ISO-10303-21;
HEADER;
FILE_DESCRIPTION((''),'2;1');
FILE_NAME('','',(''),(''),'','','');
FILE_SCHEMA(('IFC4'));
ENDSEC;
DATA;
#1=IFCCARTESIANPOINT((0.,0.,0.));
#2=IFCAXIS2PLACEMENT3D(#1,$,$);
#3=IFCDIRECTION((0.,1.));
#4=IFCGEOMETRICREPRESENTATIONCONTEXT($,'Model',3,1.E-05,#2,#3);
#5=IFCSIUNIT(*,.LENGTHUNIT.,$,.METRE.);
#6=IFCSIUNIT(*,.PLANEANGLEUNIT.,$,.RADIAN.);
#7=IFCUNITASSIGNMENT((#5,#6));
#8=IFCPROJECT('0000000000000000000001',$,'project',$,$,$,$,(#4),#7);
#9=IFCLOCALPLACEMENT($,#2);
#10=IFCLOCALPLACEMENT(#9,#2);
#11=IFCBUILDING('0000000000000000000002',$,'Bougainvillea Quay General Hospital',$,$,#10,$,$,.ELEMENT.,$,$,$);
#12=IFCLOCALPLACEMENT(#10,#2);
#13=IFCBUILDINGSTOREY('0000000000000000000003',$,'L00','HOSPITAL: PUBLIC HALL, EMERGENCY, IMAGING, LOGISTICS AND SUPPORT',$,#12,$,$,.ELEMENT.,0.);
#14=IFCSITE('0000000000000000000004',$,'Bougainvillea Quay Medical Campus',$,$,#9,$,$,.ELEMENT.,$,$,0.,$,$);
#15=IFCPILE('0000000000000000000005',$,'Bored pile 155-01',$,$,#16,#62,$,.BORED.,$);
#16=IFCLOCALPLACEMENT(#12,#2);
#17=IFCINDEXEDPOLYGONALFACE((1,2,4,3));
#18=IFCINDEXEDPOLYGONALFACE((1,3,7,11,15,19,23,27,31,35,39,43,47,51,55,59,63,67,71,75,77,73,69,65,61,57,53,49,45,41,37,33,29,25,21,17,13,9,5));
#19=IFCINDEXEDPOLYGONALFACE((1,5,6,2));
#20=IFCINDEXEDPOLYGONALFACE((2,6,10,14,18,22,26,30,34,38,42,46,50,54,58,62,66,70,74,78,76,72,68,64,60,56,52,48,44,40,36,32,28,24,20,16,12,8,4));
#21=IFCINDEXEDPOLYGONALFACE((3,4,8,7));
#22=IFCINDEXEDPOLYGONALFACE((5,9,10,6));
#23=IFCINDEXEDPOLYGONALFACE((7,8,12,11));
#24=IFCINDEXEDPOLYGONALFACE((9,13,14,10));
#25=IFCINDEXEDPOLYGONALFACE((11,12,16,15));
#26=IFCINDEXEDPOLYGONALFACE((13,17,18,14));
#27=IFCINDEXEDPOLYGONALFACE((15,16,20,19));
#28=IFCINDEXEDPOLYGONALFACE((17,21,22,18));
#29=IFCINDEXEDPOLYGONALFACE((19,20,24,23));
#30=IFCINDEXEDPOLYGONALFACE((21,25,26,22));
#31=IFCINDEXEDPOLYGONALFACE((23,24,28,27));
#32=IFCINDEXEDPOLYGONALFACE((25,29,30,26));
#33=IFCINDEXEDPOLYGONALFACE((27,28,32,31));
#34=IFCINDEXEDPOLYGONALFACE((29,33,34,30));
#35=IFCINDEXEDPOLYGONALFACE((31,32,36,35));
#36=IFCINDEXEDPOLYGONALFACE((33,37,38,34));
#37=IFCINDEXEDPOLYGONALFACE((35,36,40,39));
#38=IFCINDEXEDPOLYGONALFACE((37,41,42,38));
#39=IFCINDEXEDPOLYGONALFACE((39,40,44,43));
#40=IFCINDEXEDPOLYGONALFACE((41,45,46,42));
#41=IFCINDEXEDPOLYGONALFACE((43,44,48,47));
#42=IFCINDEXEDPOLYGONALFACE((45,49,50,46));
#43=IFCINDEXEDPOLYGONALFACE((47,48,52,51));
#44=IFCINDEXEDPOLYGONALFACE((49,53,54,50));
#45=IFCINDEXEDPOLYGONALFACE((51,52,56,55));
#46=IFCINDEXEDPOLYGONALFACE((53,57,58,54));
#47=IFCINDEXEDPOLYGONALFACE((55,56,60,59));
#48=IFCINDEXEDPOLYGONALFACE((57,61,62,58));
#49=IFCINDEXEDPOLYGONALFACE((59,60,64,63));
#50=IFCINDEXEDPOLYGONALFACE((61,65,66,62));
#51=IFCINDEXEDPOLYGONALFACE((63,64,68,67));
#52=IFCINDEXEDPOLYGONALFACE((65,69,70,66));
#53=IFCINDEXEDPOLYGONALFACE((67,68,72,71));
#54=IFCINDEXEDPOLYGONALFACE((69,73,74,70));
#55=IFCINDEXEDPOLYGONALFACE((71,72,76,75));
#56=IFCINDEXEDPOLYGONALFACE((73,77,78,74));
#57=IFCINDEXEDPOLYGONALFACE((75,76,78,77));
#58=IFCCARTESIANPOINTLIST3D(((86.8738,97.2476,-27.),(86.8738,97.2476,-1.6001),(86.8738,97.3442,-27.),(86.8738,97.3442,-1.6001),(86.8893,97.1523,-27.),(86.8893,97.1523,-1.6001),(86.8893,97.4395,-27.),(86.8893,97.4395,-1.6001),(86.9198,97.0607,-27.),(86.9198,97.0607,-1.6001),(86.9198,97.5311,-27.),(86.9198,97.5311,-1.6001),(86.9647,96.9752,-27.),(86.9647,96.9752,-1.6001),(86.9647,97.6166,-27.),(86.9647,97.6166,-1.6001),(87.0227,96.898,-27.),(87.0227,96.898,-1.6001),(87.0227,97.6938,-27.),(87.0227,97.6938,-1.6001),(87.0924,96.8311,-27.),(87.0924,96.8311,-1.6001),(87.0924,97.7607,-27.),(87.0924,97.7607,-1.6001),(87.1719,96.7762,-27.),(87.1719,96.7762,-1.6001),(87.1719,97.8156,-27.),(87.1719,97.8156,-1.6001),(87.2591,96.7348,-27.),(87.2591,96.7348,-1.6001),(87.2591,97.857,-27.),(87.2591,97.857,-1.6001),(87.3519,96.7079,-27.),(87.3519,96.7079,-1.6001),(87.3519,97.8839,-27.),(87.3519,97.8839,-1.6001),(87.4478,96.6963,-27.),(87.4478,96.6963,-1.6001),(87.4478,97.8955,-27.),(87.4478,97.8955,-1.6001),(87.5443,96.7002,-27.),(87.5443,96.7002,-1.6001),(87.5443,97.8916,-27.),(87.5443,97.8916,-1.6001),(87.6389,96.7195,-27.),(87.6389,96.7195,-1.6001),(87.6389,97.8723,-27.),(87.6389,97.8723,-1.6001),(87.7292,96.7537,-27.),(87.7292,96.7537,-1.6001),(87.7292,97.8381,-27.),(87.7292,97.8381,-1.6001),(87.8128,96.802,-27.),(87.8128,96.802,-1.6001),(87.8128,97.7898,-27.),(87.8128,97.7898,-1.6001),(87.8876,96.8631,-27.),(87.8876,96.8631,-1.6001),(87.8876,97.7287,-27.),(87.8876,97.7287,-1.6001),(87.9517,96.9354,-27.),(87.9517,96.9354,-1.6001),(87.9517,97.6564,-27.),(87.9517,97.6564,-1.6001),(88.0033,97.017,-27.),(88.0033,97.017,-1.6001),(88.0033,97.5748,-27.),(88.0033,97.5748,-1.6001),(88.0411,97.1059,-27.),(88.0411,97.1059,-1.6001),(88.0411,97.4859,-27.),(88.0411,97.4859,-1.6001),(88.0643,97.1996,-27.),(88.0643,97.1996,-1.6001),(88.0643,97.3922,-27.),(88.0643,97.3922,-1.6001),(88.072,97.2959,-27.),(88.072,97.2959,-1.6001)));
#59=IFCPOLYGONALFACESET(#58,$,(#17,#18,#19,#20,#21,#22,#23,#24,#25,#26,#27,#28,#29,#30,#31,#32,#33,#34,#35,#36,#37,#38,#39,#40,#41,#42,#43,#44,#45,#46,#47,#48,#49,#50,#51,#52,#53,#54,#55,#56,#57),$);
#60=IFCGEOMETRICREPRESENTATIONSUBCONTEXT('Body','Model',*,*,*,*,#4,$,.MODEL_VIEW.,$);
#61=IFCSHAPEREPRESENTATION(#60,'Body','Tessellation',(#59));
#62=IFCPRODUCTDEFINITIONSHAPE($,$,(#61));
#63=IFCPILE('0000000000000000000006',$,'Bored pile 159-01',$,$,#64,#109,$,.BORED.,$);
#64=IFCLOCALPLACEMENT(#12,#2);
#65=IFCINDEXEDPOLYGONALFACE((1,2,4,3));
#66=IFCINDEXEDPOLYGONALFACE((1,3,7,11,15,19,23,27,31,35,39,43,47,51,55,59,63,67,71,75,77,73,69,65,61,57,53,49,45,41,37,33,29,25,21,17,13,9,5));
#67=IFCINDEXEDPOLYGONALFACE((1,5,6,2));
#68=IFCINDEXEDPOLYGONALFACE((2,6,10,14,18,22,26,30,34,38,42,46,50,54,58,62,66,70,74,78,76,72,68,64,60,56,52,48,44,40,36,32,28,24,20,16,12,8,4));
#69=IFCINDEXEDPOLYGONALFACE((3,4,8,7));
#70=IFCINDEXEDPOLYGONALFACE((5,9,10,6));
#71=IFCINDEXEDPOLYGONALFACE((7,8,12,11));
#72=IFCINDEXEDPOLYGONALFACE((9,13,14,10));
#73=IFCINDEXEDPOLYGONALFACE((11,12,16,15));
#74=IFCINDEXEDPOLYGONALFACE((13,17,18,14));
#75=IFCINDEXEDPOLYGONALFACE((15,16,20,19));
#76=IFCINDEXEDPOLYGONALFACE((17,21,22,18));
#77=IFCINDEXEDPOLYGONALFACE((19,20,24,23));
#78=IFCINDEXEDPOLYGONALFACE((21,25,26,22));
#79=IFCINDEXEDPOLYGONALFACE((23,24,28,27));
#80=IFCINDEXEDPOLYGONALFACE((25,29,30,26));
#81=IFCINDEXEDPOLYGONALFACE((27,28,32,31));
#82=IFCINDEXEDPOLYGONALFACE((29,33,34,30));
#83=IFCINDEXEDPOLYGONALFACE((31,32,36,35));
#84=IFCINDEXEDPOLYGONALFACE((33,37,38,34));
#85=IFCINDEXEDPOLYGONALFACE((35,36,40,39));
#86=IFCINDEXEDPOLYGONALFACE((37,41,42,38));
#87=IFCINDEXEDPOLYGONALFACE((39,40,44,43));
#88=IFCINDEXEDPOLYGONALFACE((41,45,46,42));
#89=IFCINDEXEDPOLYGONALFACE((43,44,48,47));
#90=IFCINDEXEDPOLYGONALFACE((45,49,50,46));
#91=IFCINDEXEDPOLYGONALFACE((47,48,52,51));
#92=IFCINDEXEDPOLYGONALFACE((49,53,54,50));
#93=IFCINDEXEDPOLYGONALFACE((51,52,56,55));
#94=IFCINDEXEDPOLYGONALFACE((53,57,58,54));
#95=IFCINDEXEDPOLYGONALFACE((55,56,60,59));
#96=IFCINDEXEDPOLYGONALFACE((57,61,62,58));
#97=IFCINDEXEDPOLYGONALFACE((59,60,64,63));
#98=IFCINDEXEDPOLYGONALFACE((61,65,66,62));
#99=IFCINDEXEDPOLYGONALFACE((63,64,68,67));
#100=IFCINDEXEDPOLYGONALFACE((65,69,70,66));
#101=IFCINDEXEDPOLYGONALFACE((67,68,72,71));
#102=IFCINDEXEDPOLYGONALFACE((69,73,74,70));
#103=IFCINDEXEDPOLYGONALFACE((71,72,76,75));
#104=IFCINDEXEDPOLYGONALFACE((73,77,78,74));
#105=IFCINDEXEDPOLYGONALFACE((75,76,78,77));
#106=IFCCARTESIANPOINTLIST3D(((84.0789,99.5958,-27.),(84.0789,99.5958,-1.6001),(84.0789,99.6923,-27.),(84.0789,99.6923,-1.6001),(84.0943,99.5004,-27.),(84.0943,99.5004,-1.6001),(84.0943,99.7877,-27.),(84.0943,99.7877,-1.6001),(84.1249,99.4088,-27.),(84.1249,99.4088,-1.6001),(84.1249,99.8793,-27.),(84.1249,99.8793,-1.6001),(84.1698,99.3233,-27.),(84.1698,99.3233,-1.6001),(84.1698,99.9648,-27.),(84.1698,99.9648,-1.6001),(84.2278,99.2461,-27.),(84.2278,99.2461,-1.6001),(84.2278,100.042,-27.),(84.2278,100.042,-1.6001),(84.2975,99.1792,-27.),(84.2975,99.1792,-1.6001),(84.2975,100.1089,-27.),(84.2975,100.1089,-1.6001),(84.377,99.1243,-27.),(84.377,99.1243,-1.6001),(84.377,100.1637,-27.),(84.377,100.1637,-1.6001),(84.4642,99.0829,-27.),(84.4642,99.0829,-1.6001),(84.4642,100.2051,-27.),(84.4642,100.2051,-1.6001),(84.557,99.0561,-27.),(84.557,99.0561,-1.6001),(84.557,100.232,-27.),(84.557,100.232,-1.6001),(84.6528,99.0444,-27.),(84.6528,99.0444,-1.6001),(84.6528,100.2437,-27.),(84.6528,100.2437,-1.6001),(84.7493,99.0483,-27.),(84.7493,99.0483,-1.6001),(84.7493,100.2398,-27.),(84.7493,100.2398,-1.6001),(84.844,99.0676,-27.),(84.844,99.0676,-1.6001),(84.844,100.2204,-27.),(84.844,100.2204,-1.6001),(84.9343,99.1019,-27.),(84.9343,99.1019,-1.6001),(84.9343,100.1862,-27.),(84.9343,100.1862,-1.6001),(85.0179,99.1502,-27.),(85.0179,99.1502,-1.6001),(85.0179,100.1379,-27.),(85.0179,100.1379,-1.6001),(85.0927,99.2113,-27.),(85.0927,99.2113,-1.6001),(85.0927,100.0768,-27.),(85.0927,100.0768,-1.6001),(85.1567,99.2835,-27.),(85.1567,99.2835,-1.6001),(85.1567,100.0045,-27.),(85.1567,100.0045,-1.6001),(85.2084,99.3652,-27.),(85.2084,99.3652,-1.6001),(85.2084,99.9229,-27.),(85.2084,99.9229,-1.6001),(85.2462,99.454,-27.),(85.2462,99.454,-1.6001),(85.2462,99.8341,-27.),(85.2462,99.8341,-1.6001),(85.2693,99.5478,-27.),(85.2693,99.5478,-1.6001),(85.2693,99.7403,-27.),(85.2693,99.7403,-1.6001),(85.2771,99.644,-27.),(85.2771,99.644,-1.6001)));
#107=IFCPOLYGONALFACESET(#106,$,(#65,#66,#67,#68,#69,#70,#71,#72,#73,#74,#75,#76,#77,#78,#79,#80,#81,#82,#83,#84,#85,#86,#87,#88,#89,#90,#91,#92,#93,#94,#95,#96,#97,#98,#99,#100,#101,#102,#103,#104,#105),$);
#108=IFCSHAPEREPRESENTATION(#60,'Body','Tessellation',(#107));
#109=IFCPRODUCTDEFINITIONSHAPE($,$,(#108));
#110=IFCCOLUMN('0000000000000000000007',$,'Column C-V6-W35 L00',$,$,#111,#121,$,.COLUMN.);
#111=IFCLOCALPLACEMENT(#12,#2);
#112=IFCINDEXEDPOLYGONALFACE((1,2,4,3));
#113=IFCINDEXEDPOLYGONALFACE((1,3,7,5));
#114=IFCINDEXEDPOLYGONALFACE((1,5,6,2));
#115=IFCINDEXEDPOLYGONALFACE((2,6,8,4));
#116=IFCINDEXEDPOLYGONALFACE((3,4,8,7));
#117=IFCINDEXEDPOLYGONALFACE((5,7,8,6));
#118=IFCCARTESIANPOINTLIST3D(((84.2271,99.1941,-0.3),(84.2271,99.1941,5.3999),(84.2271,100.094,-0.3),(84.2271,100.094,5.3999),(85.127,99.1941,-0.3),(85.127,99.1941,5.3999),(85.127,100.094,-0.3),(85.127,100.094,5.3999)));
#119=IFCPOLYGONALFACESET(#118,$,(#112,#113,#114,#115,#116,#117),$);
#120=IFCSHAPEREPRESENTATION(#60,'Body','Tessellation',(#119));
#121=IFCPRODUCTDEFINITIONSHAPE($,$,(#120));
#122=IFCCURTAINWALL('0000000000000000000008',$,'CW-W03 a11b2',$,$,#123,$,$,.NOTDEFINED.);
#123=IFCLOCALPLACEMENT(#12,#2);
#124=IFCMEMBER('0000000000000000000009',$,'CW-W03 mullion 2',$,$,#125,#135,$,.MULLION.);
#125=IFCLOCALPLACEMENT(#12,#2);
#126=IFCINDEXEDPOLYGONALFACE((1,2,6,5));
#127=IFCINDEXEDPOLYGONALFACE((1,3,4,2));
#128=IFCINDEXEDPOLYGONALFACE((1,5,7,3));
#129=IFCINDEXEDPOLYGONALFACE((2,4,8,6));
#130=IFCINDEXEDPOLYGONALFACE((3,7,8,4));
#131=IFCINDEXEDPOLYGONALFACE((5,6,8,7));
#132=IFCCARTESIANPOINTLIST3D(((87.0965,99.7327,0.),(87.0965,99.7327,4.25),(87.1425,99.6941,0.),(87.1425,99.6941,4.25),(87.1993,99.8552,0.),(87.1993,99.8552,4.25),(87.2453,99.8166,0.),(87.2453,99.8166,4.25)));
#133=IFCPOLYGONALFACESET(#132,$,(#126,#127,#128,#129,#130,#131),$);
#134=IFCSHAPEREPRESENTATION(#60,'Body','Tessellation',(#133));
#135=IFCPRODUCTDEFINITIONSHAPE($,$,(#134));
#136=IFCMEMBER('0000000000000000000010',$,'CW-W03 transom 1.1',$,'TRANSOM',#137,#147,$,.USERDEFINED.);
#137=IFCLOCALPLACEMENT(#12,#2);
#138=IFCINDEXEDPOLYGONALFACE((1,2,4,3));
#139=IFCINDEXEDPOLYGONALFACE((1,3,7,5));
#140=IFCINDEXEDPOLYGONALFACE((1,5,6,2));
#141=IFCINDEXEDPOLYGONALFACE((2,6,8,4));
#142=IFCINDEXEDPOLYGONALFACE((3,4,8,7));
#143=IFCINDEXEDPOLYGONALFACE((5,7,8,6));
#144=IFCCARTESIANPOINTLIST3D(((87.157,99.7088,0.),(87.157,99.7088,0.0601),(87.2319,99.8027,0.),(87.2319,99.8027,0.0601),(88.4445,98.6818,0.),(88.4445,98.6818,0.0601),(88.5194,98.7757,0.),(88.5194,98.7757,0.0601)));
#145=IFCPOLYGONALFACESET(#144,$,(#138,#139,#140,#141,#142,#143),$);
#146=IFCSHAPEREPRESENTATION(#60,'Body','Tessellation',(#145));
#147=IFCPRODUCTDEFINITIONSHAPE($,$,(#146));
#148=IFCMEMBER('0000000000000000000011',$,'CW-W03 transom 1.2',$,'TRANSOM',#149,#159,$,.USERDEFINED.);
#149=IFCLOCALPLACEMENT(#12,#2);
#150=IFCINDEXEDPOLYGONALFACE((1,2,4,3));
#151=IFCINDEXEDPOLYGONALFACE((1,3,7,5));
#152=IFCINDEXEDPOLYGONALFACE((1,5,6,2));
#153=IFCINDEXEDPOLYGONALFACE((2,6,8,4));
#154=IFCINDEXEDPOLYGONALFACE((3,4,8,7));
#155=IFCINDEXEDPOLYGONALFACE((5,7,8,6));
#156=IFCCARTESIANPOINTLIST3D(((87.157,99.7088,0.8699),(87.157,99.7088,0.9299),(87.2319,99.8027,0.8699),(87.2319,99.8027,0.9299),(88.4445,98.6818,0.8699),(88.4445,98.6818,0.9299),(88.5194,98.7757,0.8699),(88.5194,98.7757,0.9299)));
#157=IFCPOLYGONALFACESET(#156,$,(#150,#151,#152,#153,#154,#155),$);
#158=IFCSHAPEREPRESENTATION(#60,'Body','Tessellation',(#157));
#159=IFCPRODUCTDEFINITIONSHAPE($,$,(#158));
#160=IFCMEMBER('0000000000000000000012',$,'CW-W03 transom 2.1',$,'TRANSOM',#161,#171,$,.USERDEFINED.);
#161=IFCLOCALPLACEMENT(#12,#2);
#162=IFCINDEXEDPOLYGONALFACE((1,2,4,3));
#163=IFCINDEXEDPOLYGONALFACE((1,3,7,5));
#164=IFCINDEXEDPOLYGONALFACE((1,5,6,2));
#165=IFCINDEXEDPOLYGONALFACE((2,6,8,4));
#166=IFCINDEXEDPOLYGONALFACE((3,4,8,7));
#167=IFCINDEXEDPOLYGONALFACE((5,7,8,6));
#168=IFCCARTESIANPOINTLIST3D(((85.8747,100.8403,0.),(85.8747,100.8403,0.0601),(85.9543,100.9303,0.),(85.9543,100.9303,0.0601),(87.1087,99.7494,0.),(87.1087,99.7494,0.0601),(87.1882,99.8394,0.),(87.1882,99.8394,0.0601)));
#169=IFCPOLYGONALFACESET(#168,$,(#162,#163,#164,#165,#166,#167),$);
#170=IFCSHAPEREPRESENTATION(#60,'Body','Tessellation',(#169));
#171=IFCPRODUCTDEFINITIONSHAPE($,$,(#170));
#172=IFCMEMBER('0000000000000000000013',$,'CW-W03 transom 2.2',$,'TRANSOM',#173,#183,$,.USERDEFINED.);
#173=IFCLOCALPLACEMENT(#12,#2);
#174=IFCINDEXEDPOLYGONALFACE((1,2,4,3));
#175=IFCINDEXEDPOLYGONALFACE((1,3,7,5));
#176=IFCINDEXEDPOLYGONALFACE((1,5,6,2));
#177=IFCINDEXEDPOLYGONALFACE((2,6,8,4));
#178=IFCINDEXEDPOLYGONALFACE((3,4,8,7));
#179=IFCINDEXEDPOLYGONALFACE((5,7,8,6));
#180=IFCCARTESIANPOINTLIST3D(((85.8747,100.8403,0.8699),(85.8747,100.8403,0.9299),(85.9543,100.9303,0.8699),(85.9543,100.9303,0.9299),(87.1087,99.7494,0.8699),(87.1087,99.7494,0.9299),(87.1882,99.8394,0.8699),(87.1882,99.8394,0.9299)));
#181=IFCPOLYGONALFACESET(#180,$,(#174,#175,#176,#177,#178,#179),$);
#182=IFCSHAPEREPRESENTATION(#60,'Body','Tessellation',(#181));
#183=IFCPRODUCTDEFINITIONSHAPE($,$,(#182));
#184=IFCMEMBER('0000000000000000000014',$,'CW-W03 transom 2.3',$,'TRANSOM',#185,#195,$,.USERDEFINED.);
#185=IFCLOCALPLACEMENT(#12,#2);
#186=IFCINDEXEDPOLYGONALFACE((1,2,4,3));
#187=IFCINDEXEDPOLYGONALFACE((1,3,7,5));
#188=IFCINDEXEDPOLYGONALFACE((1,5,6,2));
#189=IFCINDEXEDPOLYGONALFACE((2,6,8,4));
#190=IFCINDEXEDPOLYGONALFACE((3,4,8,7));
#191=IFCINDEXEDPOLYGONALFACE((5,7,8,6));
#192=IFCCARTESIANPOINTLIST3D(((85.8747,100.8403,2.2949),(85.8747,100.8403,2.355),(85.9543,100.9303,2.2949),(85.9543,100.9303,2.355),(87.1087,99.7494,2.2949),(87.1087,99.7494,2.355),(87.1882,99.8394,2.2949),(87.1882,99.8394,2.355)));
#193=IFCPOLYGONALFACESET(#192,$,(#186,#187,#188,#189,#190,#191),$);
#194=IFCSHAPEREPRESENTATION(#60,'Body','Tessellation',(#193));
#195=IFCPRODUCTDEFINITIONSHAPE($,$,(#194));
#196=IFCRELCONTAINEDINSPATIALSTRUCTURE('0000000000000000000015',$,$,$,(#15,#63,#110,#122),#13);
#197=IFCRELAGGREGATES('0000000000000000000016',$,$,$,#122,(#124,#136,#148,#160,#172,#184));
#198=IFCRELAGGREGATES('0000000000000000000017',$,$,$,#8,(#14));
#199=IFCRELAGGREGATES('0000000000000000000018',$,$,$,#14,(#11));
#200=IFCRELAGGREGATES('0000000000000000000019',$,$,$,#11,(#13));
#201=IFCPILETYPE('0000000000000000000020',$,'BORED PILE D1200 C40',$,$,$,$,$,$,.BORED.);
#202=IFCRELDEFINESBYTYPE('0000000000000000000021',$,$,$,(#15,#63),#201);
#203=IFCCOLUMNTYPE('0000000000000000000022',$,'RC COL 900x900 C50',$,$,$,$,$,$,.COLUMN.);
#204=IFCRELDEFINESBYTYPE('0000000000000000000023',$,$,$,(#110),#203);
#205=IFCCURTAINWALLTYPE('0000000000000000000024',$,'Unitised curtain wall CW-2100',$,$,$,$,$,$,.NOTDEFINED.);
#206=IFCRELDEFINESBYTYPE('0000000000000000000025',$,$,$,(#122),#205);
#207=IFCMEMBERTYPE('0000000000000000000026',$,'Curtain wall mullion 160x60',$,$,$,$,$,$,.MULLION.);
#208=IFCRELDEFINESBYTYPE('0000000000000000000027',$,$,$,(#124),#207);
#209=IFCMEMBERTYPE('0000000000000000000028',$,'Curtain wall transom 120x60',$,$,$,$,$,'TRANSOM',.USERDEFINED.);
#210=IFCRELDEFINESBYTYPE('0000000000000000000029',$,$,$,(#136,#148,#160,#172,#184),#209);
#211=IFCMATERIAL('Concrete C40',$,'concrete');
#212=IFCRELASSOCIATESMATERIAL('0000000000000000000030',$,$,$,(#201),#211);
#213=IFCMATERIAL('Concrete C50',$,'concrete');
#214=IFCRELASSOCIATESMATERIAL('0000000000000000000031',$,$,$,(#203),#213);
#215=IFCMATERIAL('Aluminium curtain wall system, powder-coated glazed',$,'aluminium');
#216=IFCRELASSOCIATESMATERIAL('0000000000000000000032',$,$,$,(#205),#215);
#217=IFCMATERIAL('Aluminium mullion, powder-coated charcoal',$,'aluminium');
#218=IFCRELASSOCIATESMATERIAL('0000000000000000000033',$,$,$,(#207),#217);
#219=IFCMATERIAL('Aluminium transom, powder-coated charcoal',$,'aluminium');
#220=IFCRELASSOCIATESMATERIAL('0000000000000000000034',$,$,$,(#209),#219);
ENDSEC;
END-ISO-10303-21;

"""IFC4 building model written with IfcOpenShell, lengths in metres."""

from ifc_helpers import new_model, si_unit, direction, frame, origin, origin_2d, place, context, subcontext, project, spatial, rectangle, circle, extrude, material, material_profile, profile_set, type_object, element, aggregate, save


model = new_model("IFC4")

# Units and contexts
model_context = context("Model", 3, precision=1e-05, world=origin(), true_north=direction((0.0, 1.0)))
body_context = subcontext(model_context, "Body", "Model", "MODEL_VIEW")
ifc_project = project(units=[si_unit("LENGTHUNIT", "METRE"), si_unit("PLANEANGLEUNIT", "RADIAN")], contexts=[model_context])

# Site, building, storey
site_placement = place(None, origin())
site = spatial("IfcSite", under=ifc_project, at=site_placement, Name="Bougainvillea Quay Medical Campus", CompositionType="ELEMENT", RefElevation=0.0)
building_placement = place(site_placement, origin())
building = spatial("IfcBuilding", under=site, at=building_placement, Name="Bougainvillea Quay General Hospital", CompositionType="ELEMENT")
storey_placement = place(building_placement, origin())
storey = spatial("IfcBuildingStorey", under=building, at=storey_placement, Name="L00", Description="HOSPITAL: PUBLIC HALL, EMERGENCY, IMAGING, LOGISTICS AND SUPPORT", CompositionType="ELEMENT", Elevation=0.0)

# Piles
ifc_material_1 = material(Name="Concrete C40", Category="concrete")
ifc_material_profile_1 = material_profile(ifc_material_1, circle(Radius=0.6001, at=origin_2d()))
ifc_profile_set_1 = profile_set([ifc_material_profile_1], Name="Concrete C40")
pile_type = type_object("IfcPileType", Name="BORED PILE D1200 C40", PredefinedType="BORED", material=ifc_profile_set_1)
for number, where, z_axis, x_axis, name in (
    (1, (87.4719, 97.2959, -1.6001), (0.0, 0.0, -1.0), (1.0, 0.0, 0.0), "Bored pile 155-01"),
    (2, (84.677, 99.644, -1.6001), (0.0, 0.0, -1.0), (1.0, 0.0, 0.0), "Bored pile 159-01"),
):
    element("IfcPile", number, at=place(storey_placement, frame(where, z_axis=z_axis, x_axis=x_axis)), inside=storey, type_object=pile_type, Name=name, PredefinedType="BORED", context=body_context, shape_type="SweptSolid", body=[
        extrude(circle(Radius=0.6001, at=origin_2d()), origin(), (0.0, 0.0, 1.0), 25.3999),
    ])

# Column
ifc_material_2 = material(Name="Concrete C50", Category="concrete")
ifc_material_profile_2 = material_profile(ifc_material_2, rectangle(XDim=0.8999, YDim=0.8999, at=origin_2d()))
ifc_profile_set_2 = profile_set([ifc_material_profile_2], Name="Concrete C50")
column_type = type_object("IfcColumnType", Name="RC COL 900x900 C50", PredefinedType="COLUMN", material=ifc_profile_set_2)
column_placement = place(storey_placement, frame((84.677, 99.644, -0.3), z_axis=(0.0, 0.0, 1.0), x_axis=(1.0, 0.0, 0.0)))
element("IfcColumn", 3, at=column_placement, inside=storey, type_object=column_type, Name="Column C-V6-W35 L00", PredefinedType="COLUMN", context=body_context, shape_type="SweptSolid", body=[
    extrude(rectangle(XDim=0.8999, YDim=0.8999, at=origin_2d()), origin(), (0.0, 0.0, 1.0), 5.7),
])

# Curtain wall, members
ifc_material_3 = material(Name="Aluminium curtain wall system, powder-coated glazed", Category="aluminium")
curtain_wall_type = type_object("IfcCurtainWallType", Name="Unitised curtain wall CW-2100", PredefinedType="NOTDEFINED", material=ifc_material_3)
curtain_wall_placement = place(storey_placement, origin())
curtain_wall = element("IfcCurtainWall", 4, at=curtain_wall_placement, inside=storey, type_object=curtain_wall_type, Name="CW-W03 a11b2", PredefinedType="NOTDEFINED")
ifc_material_4 = material(Name="Aluminium mullion, powder-coated charcoal", Category="aluminium")
ifc_material_profile_3 = material_profile(ifc_material_4, rectangle(XDim=0.1599, YDim=0.0601, at=origin_2d()))
ifc_profile_set_3 = profile_set([ifc_material_profile_3], Name="Aluminium mullion, powder-coated charcoal")
member_type_1 = type_object("IfcMemberType", Name="Curtain wall mullion 160x60", PredefinedType="MULLION", material=ifc_profile_set_3)
member_1_placement = place(storey_placement, frame((87.1709, 99.7747, 0.0), z_axis=(0.0, 0.0, 1.0), x_axis=(-0.643189, -0.765708, 0.0)))
member_1 = element("IfcMember", 5, at=member_1_placement, type_object=member_type_1, Name="CW-W03 mullion 2", PredefinedType="MULLION", context=body_context, shape_type="SweptSolid", body=[
    extrude(rectangle(XDim=0.1599, YDim=0.0601, at=origin_2d()), origin(), (0.0, 0.0, 1.0), 4.25),
])
ifc_material_5 = material(Name="Aluminium transom, powder-coated charcoal", Category="aluminium")
ifc_material_profile_4 = material_profile(ifc_material_5, rectangle(XDim=0.1201, YDim=0.0601, at=origin_2d()))
ifc_profile_set_4 = profile_set([ifc_material_profile_4], Name="Aluminium transom, powder-coated charcoal")
member_type_2 = type_object("IfcMemberType", Name="Curtain wall transom 120x60", ElementType="TRANSOM", PredefinedType="USERDEFINED", material=ifc_profile_set_4)
member_2_placement = place(storey_placement, frame((88.4819, 98.7288, 0.03), z_axis=(-0.78175, 0.623592, 0.0), x_axis=(-0.623592, -0.78175, 0.0)))
member_2 = element("IfcMember", 6, at=member_2_placement, type_object=member_type_2, Name="CW-W03 transom 1.1", ObjectType="TRANSOM", PredefinedType="USERDEFINED", context=body_context, shape_type="SweptSolid", body=[
    extrude(rectangle(XDim=0.1201, YDim=0.0601, at=origin_2d()), origin(), (0.0, 0.0, 1.0), 1.647),
])
member_3_placement = place(storey_placement, frame((88.4819, 98.7288, 0.8999), z_axis=(-0.78175, 0.623592, 0.0), x_axis=(-0.623592, -0.78175, 0.0)))
member_3 = element("IfcMember", 7, at=member_3_placement, type_object=member_type_2, Name="CW-W03 transom 1.2", ObjectType="TRANSOM", PredefinedType="USERDEFINED", context=body_context, shape_type="SweptSolid", body=[
    extrude(rectangle(XDim=0.1201, YDim=0.0601, at=origin_2d()), origin(), (0.0, 0.0, 1.0), 1.647),
])
member_4_placement = place(storey_placement, frame((87.1484, 99.7944, 0.03), z_axis=(-0.749206, 0.662337, 0.0), x_axis=(-0.662337, -0.749206, 0.0)))
member_4 = element("IfcMember", 8, at=member_4_placement, type_object=member_type_2, Name="CW-W03 transom 2.1", ObjectType="TRANSOM", PredefinedType="USERDEFINED", context=body_context, shape_type="SweptSolid", body=[
    extrude(rectangle(XDim=0.1201, YDim=0.0601, at=origin_2d()), origin(), (0.0, 0.0, 1.0), 1.647),
])
member_5_placement = place(storey_placement, frame((87.1484, 99.7944, 0.8999), z_axis=(-0.749206, 0.662337, 0.0), x_axis=(-0.662337, -0.749206, 0.0)))
member_5 = element("IfcMember", 9, at=member_5_placement, type_object=member_type_2, Name="CW-W03 transom 2.2", ObjectType="TRANSOM", PredefinedType="USERDEFINED", context=body_context, shape_type="SweptSolid", body=[
    extrude(rectangle(XDim=0.1201, YDim=0.0601, at=origin_2d()), origin(), (0.0, 0.0, 1.0), 1.647),
])
member_6_placement = place(storey_placement, frame((87.1484, 99.7944, 2.325), z_axis=(-0.749206, 0.662337, 0.0), x_axis=(-0.662337, -0.749206, 0.0)))
member_6 = element("IfcMember", 10, at=member_6_placement, type_object=member_type_2, Name="CW-W03 transom 2.3", ObjectType="TRANSOM", PredefinedType="USERDEFINED", context=body_context, shape_type="SweptSolid", body=[
    extrude(rectangle(XDim=0.1201, YDim=0.0601, at=origin_2d()), origin(), (0.0, 0.0, 1.0), 1.647),
])
aggregate(curtain_wall, [member_1, member_2, member_3, member_4, member_5, member_6])

save(model, "model.ifc")
